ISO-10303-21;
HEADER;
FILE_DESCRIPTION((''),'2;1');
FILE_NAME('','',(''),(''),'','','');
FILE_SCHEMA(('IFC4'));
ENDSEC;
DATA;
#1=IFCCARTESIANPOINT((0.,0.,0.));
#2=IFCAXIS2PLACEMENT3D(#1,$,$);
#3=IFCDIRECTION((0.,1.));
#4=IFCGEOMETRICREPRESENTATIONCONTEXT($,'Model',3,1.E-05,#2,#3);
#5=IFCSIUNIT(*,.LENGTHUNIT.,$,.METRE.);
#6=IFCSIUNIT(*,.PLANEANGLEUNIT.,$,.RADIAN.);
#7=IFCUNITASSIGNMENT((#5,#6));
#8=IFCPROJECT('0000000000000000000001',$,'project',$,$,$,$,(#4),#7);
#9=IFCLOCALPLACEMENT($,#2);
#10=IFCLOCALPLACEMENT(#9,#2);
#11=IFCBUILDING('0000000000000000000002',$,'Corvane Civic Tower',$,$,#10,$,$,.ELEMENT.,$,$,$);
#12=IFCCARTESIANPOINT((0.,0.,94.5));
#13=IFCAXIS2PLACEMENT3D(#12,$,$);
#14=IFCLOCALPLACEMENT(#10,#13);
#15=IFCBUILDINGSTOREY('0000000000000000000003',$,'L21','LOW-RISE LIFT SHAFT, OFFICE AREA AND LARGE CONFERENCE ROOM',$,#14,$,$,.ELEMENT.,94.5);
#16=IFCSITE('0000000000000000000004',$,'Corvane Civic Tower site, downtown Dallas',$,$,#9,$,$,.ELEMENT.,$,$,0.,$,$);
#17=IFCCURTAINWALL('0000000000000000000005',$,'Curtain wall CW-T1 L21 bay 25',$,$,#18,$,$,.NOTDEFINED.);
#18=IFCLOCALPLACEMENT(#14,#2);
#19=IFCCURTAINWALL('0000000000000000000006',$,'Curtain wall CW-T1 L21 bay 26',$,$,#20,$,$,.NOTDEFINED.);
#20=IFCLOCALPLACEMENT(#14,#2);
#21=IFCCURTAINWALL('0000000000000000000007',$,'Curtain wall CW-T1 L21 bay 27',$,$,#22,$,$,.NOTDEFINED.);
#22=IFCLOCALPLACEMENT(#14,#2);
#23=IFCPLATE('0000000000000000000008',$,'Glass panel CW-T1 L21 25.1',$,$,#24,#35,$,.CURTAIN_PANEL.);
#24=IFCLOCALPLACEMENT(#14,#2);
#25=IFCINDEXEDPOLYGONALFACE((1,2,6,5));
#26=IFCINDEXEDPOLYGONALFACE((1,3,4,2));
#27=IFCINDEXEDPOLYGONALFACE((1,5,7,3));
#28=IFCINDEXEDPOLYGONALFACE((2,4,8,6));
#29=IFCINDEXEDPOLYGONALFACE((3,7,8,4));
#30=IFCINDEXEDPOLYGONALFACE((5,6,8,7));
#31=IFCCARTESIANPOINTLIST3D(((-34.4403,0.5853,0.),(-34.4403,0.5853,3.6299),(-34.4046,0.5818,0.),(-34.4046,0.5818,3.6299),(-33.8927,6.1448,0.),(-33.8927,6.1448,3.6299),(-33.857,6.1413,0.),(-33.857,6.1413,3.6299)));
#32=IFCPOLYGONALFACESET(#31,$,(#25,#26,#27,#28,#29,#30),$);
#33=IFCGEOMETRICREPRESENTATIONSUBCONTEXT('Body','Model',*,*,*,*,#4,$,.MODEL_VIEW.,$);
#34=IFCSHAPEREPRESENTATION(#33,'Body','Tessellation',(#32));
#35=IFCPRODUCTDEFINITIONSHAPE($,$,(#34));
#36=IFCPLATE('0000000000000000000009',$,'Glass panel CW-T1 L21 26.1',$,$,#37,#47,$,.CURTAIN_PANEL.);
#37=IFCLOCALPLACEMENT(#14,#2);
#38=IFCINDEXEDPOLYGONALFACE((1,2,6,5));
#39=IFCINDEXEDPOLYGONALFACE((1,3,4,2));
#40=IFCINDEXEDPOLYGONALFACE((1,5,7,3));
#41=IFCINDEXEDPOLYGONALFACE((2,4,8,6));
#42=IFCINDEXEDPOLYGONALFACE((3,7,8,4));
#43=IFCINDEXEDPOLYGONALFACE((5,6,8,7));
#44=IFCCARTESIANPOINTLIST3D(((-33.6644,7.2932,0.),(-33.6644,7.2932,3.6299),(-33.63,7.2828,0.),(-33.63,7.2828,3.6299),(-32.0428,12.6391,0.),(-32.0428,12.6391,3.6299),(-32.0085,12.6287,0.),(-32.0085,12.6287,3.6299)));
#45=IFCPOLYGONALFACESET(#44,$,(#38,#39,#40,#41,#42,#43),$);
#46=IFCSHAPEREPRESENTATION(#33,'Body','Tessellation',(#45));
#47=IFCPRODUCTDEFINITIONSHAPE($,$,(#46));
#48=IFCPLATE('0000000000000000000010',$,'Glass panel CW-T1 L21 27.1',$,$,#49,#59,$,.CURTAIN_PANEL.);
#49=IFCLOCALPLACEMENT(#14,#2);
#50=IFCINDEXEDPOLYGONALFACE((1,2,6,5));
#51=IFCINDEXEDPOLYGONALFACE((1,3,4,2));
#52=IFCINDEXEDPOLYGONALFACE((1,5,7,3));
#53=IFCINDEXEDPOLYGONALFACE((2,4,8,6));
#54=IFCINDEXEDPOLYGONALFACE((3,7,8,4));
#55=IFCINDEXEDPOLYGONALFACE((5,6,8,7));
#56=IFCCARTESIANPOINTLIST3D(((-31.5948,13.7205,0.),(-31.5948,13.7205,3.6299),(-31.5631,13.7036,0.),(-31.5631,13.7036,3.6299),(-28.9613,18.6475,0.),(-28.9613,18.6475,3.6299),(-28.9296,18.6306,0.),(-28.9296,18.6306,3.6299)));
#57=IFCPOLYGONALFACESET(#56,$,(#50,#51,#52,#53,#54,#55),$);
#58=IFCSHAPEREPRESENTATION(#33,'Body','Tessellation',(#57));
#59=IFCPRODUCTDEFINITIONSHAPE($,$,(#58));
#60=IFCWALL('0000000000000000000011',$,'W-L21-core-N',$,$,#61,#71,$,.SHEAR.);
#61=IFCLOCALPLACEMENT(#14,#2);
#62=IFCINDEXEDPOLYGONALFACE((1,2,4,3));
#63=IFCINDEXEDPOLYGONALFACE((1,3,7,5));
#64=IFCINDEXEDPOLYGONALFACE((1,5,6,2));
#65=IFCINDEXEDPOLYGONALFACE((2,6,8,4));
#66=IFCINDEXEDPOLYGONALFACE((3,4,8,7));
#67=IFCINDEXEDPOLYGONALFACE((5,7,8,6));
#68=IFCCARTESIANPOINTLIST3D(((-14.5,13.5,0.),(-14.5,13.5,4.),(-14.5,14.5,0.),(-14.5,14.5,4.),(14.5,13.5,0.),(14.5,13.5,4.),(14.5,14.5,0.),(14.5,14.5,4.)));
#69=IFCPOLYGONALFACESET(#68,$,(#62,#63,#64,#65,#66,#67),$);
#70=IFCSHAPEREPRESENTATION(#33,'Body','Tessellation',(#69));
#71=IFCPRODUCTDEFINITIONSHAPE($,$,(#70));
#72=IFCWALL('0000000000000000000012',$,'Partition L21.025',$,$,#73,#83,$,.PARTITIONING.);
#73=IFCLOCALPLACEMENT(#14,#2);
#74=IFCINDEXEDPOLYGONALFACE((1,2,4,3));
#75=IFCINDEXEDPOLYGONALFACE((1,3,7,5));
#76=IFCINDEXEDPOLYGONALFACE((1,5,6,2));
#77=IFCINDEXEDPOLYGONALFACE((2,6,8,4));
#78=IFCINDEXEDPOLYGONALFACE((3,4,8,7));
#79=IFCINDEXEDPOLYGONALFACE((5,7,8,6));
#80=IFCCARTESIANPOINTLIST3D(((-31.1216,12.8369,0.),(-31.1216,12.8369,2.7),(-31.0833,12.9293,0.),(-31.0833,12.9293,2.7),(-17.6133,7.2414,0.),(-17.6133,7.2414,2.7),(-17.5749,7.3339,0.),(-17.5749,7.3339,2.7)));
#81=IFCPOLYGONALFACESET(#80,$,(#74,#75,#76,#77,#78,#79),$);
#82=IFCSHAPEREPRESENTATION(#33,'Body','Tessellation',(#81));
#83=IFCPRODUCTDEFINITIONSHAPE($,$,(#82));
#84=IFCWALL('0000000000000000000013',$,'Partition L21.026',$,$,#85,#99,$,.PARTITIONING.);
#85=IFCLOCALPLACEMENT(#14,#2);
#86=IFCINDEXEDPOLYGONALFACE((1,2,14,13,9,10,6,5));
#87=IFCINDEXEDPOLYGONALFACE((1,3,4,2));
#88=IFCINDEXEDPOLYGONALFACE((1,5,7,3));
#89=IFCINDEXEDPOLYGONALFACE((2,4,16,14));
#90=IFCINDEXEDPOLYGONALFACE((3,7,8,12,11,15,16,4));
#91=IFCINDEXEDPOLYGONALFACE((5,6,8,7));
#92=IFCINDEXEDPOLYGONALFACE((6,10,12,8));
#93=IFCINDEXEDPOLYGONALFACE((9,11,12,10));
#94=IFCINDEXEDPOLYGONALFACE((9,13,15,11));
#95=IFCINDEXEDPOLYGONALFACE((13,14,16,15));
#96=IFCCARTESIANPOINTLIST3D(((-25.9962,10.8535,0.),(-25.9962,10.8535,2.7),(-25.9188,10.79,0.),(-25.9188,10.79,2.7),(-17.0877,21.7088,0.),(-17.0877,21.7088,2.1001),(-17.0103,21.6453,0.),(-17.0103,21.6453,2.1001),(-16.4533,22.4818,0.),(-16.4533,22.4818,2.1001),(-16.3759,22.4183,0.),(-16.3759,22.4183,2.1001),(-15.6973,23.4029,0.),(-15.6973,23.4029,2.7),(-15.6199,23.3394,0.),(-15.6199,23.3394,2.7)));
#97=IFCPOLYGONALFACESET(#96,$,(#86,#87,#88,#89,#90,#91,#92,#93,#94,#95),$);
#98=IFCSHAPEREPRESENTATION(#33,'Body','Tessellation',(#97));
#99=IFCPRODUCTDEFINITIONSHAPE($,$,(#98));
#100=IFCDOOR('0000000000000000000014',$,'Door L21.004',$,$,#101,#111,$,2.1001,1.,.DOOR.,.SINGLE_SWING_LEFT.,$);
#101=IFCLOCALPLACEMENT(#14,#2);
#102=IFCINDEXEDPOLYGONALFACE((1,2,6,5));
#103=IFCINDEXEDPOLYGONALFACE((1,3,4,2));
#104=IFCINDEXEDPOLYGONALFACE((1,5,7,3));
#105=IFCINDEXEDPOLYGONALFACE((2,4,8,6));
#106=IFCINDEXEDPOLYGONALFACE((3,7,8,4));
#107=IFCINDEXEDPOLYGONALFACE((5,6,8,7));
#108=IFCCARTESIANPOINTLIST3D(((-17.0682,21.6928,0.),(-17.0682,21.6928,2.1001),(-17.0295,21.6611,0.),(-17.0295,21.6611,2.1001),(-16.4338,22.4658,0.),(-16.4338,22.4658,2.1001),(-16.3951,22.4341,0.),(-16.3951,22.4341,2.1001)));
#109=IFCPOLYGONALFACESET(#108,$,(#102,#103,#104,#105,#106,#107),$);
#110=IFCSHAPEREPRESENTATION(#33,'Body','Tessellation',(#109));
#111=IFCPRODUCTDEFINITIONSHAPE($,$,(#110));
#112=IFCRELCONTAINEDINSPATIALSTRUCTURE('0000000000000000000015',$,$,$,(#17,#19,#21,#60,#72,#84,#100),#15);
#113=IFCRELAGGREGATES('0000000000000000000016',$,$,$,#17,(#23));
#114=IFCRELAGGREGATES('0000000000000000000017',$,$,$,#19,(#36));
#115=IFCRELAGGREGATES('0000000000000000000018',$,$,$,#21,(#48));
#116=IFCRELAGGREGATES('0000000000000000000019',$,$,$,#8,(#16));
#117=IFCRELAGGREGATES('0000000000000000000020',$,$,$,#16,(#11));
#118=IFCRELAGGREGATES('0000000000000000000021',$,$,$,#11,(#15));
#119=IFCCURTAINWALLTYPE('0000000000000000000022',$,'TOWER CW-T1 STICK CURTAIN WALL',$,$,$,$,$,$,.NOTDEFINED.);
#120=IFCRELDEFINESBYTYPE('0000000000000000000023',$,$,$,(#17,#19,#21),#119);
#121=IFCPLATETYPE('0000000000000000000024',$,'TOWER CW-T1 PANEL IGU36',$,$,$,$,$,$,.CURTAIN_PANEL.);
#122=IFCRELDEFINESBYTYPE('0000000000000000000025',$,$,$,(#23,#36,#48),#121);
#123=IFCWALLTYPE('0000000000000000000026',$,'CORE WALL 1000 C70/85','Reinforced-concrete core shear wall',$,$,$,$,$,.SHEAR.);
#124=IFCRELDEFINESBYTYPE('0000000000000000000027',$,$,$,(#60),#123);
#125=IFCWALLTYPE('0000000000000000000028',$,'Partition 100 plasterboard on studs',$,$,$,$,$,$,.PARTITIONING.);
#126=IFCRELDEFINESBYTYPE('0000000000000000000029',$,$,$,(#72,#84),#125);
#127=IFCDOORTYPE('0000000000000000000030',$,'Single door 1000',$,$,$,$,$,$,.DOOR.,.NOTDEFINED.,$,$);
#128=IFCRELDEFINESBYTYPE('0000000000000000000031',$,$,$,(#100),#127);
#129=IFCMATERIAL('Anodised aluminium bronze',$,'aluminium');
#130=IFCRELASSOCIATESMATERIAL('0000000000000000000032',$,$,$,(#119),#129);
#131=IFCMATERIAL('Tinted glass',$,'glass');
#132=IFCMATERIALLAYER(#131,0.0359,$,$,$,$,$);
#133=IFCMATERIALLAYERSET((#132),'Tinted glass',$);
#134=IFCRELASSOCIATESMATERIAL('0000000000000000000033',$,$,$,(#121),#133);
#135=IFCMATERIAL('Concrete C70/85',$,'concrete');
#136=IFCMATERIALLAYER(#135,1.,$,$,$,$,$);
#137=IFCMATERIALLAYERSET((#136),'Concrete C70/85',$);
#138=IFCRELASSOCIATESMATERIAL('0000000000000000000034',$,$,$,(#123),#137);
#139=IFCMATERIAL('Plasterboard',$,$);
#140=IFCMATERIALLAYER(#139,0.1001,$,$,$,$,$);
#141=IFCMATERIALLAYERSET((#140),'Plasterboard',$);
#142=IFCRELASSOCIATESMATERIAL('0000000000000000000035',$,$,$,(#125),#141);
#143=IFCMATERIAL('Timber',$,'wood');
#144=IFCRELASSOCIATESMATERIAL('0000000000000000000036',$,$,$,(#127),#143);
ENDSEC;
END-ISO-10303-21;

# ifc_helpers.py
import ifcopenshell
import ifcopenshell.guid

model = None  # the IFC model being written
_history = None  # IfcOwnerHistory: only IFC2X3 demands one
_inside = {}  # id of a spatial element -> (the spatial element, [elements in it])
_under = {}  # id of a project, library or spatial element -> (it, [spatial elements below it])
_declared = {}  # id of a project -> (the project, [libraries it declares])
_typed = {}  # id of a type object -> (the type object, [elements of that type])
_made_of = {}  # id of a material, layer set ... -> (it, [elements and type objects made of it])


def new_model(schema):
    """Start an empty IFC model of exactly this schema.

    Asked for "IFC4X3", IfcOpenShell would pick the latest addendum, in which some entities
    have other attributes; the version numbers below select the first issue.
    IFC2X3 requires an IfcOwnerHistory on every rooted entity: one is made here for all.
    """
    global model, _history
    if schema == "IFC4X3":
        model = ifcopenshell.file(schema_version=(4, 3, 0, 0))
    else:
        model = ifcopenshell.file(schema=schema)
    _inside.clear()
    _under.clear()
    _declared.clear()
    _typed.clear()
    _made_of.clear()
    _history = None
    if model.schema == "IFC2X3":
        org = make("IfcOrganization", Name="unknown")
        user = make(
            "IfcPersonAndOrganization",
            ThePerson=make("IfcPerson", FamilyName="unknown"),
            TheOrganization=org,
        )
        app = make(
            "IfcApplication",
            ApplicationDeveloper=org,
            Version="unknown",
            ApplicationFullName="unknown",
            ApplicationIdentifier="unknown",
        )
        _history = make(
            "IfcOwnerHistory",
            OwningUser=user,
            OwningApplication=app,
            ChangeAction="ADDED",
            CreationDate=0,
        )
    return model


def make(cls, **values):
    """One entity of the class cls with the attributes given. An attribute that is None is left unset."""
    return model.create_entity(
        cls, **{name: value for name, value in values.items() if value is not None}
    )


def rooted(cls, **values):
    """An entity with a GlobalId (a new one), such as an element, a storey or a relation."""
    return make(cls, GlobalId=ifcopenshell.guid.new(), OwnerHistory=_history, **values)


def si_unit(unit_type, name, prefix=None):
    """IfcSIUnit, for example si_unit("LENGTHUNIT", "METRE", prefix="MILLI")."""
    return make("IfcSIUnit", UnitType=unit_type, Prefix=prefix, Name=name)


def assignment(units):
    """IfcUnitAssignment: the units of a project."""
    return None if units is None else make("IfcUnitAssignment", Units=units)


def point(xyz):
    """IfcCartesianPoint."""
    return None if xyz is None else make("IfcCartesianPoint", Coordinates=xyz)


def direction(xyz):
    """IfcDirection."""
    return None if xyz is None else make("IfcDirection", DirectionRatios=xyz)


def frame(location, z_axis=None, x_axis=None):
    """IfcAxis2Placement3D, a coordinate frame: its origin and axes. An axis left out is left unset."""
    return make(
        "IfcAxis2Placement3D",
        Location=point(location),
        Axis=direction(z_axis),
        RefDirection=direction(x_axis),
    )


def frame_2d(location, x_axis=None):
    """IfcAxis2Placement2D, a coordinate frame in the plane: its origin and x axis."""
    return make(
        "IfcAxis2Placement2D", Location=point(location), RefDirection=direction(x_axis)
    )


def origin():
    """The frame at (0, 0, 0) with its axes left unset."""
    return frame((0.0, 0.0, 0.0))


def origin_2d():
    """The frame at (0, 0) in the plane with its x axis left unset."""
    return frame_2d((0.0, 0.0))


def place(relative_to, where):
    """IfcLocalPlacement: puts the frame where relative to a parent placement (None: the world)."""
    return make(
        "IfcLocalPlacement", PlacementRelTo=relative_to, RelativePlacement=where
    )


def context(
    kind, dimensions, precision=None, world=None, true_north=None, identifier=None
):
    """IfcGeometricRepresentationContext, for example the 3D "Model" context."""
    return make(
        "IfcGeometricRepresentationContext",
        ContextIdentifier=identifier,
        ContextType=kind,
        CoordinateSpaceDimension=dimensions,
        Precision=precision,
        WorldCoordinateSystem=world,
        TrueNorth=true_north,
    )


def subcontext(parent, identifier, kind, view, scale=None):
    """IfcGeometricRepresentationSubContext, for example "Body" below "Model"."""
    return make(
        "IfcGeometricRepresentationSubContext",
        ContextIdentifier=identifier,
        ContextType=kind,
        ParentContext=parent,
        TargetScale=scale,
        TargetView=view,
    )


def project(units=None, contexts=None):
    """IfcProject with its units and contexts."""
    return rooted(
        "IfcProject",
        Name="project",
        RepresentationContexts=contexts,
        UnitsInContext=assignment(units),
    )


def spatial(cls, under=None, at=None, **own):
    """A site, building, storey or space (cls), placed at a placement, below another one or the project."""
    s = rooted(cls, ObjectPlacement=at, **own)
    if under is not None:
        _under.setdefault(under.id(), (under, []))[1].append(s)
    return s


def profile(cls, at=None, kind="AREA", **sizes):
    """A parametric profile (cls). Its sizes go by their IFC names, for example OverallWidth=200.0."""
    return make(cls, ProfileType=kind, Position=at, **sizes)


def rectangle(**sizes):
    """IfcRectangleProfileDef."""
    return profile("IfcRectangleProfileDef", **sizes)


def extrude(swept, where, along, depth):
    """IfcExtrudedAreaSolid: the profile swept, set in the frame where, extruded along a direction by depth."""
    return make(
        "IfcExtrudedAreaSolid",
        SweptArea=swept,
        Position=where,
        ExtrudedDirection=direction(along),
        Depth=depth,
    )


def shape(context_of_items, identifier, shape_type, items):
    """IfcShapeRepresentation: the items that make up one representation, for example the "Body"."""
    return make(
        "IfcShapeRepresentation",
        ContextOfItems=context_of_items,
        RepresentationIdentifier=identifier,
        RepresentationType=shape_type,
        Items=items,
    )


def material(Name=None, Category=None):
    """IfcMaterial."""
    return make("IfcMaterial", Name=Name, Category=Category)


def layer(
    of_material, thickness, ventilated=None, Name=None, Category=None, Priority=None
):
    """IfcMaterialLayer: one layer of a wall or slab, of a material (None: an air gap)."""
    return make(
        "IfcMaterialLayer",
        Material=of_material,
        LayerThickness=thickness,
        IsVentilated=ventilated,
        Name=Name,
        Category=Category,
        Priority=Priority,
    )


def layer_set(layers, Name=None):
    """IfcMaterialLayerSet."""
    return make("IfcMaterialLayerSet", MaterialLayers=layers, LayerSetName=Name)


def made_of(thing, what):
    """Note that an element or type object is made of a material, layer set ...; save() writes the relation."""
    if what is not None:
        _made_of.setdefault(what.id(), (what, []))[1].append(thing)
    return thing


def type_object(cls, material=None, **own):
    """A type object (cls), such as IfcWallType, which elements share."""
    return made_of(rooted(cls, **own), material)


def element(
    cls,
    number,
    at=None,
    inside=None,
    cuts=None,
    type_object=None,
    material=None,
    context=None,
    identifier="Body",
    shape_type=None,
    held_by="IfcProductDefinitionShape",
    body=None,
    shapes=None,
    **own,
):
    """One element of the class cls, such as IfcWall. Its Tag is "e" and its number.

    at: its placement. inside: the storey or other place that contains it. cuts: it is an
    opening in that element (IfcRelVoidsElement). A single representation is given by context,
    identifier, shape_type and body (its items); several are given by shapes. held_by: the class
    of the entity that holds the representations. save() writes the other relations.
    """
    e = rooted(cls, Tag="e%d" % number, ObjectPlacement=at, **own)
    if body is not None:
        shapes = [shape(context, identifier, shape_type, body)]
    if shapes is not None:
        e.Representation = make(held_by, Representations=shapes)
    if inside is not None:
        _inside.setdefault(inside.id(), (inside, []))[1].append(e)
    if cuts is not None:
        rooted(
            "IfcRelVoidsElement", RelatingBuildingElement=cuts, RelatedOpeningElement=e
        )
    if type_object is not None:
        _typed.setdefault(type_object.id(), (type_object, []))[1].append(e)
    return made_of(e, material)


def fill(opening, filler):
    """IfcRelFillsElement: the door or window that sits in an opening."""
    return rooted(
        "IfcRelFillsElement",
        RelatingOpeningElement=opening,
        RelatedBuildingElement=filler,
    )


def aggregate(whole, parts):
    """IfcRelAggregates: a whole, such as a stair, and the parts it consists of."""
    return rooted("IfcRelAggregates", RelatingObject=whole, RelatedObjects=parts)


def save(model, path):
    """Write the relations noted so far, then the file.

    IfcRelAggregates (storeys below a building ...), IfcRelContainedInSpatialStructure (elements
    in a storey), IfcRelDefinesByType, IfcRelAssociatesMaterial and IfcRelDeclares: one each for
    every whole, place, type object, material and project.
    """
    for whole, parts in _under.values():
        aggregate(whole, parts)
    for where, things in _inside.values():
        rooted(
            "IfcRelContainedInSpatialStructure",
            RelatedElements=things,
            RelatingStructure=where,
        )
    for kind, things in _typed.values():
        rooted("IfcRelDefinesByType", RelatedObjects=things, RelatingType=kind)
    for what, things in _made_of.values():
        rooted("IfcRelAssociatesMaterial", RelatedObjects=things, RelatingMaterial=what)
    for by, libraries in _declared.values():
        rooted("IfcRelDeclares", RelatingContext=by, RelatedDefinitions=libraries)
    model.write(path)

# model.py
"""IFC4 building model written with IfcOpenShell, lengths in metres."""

from ifc_helpers import new_model, si_unit, direction, frame, frame_2d, origin, origin_2d, place, context, subcontext, project, spatial, rectangle, extrude, material, layer, layer_set, type_object, element, fill, aggregate, save


model = new_model("IFC4")

# Units and contexts
model_context = context("Model", 3, precision=1e-05, world=origin(), true_north=direction((0.0, 1.0)))
body_context = subcontext(model_context, "Body", "Model", "MODEL_VIEW")
ifc_project = project(units=[si_unit("LENGTHUNIT", "METRE"), si_unit("PLANEANGLEUNIT", "RADIAN")], contexts=[model_context])

# Site, building, storey
site_placement = place(None, origin())
site = spatial("IfcSite", under=ifc_project, at=site_placement, Name="Corvane Civic Tower site, downtown Dallas", CompositionType="ELEMENT", RefElevation=0.0)
building_placement = place(site_placement, origin())
building = spatial("IfcBuilding", under=site, at=building_placement, Name="Corvane Civic Tower", CompositionType="ELEMENT")
storey_placement = place(building_placement, frame((0.0, 0.0, 94.5)))
storey = spatial("IfcBuildingStorey", under=building, at=storey_placement, Name="L21", Description="LOW-RISE LIFT SHAFT, OFFICE AREA AND LARGE CONFERENCE ROOM", CompositionType="ELEMENT", Elevation=94.5)

# Curtain walls
ifc_material_1 = material(Name="Anodised aluminium bronze", Category="aluminium")
curtain_wall_type = type_object("IfcCurtainWallType", Name="TOWER CW-T1 STICK CURTAIN WALL", PredefinedType="NOTDEFINED", material=ifc_material_1)
curtain_wall_1_placement = place(storey_placement, origin())
curtain_wall_1 = element("IfcCurtainWall", 1, at=curtain_wall_1_placement, inside=storey, type_object=curtain_wall_type, Name="Curtain wall CW-T1 L21 bay 25", PredefinedType="NOTDEFINED")
curtain_wall_2_placement = place(storey_placement, origin())
curtain_wall_2 = element("IfcCurtainWall", 2, at=curtain_wall_2_placement, inside=storey, type_object=curtain_wall_type, Name="Curtain wall CW-T1 L21 bay 26", PredefinedType="NOTDEFINED")
curtain_wall_3_placement = place(storey_placement, origin())
curtain_wall_3 = element("IfcCurtainWall", 3, at=curtain_wall_3_placement, inside=storey, type_object=curtain_wall_type, Name="Curtain wall CW-T1 L21 bay 27", PredefinedType="NOTDEFINED")

# Plates
ifc_material_2 = material(Name="Tinted glass", Category="glass")
ifc_layer_1 = layer(ifc_material_2, 0.0359)
ifc_layer_set_1 = layer_set([ifc_layer_1], Name="Tinted glass")
plate_type = type_object("IfcPlateType", Name="TOWER CW-T1 PANEL IGU36", PredefinedType="CURTAIN_PANEL", material=ifc_layer_set_1)
plate_1_placement = place(storey_placement, frame((-34.1487, 3.3633, 0.0), z_axis=(0.0, 0.0, 1.0), x_axis=(0.098027, 0.995184, 0.0)))
plate_1 = element("IfcPlate", 4, at=plate_1_placement, type_object=plate_type, Name="Glass panel CW-T1 L21 25.1", PredefinedType="CURTAIN_PANEL", context=body_context, shape_type="SweptSolid", body=[
    extrude(rectangle(XDim=5.5864, YDim=0.0359, at=origin_2d()), origin(), (0.0, 0.0, 1.0), 3.6299),
])
aggregate(curtain_wall_1, [plate_1])
plate_2_placement = place(storey_placement, frame((-32.8364, 9.9609, 0.0), z_axis=(0.0, 0.0, 1.0), x_axis=(0.290266, 0.956946, 0.0)))
plate_2 = element("IfcPlate", 5, at=plate_2_placement, type_object=plate_type, Name="Glass panel CW-T1 L21 26.1", PredefinedType="CURTAIN_PANEL", context=body_context, shape_type="SweptSolid", body=[
    extrude(rectangle(XDim=5.5864, YDim=0.0359, at=origin_2d()), origin(), (0.0, 0.0, 1.0), 3.6299),
])
aggregate(curtain_wall_2, [plate_2])
plate_3_placement = place(storey_placement, frame((-30.2622, 16.1755, 0.0), z_axis=(0.0, 0.0, 1.0), x_axis=(0.471392, 0.881924, 0.0)))
plate_3 = element("IfcPlate", 6, at=plate_3_placement, type_object=plate_type, Name="Glass panel CW-T1 L21 27.1", PredefinedType="CURTAIN_PANEL", context=body_context, shape_type="SweptSolid", body=[
    extrude(rectangle(XDim=5.5867, YDim=0.0359, at=origin_2d()), origin(), (0.0, 0.0, 1.0), 3.6299),
])
aggregate(curtain_wall_3, [plate_3])

# Walls
ifc_material_3 = material(Name="Concrete C70/85", Category="concrete")
ifc_layer_2 = layer(ifc_material_3, 1.0)
ifc_layer_set_2 = layer_set([ifc_layer_2], Name="Concrete C70/85")
wall_type_1 = type_object("IfcWallType", Name="CORE WALL 1000 C70/85", Description="Reinforced-concrete core shear wall", PredefinedType="SHEAR", material=ifc_layer_set_2)
wall_1_placement = place(storey_placement, frame((-14.5, 14.0, 0.0), z_axis=(0.0, 0.0, 1.0), x_axis=(1.0, 0.0, 0.0)))
element("IfcWall", 7, at=wall_1_placement, inside=storey, type_object=wall_type_1, Name="W-L21-core-N", PredefinedType="SHEAR", context=body_context, shape_type="SweptSolid", body=[
    extrude(rectangle(XDim=29.0, YDim=1.0, at=frame_2d((14.5, 0.0))), origin(), (0.0, 0.0, 1.0), 4.0),
])
ifc_material_4 = material(Name="Plasterboard")
ifc_layer_3 = layer(ifc_material_4, 0.1001)
ifc_layer_set_3 = layer_set([ifc_layer_3], Name="Plasterboard")
wall_type_2 = type_object("IfcWallType", Name="Partition 100 plasterboard on studs", PredefinedType="PARTITIONING", material=ifc_layer_set_3)
wall_2_placement = place(storey_placement, frame((-31.1023, 12.8831, 0.0), z_axis=(0.0, 0.0, 1.0), x_axis=(0.923876, -0.382691, 0.0)))
element("IfcWall", 8, at=wall_2_placement, inside=storey, type_object=wall_type_2, Name="Partition L21.025", PredefinedType="PARTITIONING", context=body_context, shape_type="SweptSolid", body=[
    extrude(rectangle(XDim=14.6213, YDim=0.1001, at=frame_2d((7.3105, 0.0))), origin(), (0.0, 0.0, 1.0), 2.7),
])

# Wall, opening, door
wall_3_placement = place(storey_placement, frame((-25.9575, 10.8218, 0.0), z_axis=(0.0, 0.0, 1.0), x_axis=(0.634389, 0.773014, 0.0)))
wall_3 = element("IfcWall", 9, at=wall_3_placement, inside=storey, type_object=wall_type_2, Name="Partition L21.026", PredefinedType="PARTITIONING", context=body_context, shape_type="SweptSolid", body=[
    extrude(rectangle(XDim=16.2344, YDim=0.1001, at=frame_2d((8.1172, 0.0))), origin(), (0.0, 0.0, 1.0), 2.7),
])
opening_placement = place(wall_3_placement, frame((14.0427, 0.0, 0.0)))
opening = element("IfcOpeningElement", 10, at=opening_placement, cuts=wall_3, PredefinedType="OPENING", context=body_context, shape_type="SweptSolid", body=[
    extrude(rectangle(XDim=1.0, YDim=2.1001, at=frame_2d((0.5, 1.05))), frame((0.0, 0.0601, 0.0), z_axis=(0.0, -1.0, 0.0), x_axis=(1.0, 0.0, 0.0)), (0.0, 0.0, 1.0), 0.1201),
])
ifc_material_5 = material(Name="Timber", Category="wood")
door_type = type_object("IfcDoorType", Name="Single door 1000", OperationType="NOTDEFINED", PredefinedType="DOOR", material=ifc_material_5)
door_placement = place(opening_placement, origin())
door = element("IfcDoor", 11, at=door_placement, inside=storey, type_object=door_type, Name="Door L21.004", OperationType="SINGLE_SWING_LEFT", OverallHeight=2.1001, OverallWidth=1.0, PredefinedType="DOOR", context=body_context, shape_type="SweptSolid", body=[
    extrude(rectangle(XDim=1.0, YDim=2.1001, at=frame_2d((0.5, 1.05))), frame((0.0, 0.0249, 0.0), z_axis=(0.0, -1.0, 0.0), x_axis=(1.0, 0.0, 0.0)), (0.0, 0.0, 1.0), 0.05),
])
fill(opening, door)

save(model, "model.ifc")
